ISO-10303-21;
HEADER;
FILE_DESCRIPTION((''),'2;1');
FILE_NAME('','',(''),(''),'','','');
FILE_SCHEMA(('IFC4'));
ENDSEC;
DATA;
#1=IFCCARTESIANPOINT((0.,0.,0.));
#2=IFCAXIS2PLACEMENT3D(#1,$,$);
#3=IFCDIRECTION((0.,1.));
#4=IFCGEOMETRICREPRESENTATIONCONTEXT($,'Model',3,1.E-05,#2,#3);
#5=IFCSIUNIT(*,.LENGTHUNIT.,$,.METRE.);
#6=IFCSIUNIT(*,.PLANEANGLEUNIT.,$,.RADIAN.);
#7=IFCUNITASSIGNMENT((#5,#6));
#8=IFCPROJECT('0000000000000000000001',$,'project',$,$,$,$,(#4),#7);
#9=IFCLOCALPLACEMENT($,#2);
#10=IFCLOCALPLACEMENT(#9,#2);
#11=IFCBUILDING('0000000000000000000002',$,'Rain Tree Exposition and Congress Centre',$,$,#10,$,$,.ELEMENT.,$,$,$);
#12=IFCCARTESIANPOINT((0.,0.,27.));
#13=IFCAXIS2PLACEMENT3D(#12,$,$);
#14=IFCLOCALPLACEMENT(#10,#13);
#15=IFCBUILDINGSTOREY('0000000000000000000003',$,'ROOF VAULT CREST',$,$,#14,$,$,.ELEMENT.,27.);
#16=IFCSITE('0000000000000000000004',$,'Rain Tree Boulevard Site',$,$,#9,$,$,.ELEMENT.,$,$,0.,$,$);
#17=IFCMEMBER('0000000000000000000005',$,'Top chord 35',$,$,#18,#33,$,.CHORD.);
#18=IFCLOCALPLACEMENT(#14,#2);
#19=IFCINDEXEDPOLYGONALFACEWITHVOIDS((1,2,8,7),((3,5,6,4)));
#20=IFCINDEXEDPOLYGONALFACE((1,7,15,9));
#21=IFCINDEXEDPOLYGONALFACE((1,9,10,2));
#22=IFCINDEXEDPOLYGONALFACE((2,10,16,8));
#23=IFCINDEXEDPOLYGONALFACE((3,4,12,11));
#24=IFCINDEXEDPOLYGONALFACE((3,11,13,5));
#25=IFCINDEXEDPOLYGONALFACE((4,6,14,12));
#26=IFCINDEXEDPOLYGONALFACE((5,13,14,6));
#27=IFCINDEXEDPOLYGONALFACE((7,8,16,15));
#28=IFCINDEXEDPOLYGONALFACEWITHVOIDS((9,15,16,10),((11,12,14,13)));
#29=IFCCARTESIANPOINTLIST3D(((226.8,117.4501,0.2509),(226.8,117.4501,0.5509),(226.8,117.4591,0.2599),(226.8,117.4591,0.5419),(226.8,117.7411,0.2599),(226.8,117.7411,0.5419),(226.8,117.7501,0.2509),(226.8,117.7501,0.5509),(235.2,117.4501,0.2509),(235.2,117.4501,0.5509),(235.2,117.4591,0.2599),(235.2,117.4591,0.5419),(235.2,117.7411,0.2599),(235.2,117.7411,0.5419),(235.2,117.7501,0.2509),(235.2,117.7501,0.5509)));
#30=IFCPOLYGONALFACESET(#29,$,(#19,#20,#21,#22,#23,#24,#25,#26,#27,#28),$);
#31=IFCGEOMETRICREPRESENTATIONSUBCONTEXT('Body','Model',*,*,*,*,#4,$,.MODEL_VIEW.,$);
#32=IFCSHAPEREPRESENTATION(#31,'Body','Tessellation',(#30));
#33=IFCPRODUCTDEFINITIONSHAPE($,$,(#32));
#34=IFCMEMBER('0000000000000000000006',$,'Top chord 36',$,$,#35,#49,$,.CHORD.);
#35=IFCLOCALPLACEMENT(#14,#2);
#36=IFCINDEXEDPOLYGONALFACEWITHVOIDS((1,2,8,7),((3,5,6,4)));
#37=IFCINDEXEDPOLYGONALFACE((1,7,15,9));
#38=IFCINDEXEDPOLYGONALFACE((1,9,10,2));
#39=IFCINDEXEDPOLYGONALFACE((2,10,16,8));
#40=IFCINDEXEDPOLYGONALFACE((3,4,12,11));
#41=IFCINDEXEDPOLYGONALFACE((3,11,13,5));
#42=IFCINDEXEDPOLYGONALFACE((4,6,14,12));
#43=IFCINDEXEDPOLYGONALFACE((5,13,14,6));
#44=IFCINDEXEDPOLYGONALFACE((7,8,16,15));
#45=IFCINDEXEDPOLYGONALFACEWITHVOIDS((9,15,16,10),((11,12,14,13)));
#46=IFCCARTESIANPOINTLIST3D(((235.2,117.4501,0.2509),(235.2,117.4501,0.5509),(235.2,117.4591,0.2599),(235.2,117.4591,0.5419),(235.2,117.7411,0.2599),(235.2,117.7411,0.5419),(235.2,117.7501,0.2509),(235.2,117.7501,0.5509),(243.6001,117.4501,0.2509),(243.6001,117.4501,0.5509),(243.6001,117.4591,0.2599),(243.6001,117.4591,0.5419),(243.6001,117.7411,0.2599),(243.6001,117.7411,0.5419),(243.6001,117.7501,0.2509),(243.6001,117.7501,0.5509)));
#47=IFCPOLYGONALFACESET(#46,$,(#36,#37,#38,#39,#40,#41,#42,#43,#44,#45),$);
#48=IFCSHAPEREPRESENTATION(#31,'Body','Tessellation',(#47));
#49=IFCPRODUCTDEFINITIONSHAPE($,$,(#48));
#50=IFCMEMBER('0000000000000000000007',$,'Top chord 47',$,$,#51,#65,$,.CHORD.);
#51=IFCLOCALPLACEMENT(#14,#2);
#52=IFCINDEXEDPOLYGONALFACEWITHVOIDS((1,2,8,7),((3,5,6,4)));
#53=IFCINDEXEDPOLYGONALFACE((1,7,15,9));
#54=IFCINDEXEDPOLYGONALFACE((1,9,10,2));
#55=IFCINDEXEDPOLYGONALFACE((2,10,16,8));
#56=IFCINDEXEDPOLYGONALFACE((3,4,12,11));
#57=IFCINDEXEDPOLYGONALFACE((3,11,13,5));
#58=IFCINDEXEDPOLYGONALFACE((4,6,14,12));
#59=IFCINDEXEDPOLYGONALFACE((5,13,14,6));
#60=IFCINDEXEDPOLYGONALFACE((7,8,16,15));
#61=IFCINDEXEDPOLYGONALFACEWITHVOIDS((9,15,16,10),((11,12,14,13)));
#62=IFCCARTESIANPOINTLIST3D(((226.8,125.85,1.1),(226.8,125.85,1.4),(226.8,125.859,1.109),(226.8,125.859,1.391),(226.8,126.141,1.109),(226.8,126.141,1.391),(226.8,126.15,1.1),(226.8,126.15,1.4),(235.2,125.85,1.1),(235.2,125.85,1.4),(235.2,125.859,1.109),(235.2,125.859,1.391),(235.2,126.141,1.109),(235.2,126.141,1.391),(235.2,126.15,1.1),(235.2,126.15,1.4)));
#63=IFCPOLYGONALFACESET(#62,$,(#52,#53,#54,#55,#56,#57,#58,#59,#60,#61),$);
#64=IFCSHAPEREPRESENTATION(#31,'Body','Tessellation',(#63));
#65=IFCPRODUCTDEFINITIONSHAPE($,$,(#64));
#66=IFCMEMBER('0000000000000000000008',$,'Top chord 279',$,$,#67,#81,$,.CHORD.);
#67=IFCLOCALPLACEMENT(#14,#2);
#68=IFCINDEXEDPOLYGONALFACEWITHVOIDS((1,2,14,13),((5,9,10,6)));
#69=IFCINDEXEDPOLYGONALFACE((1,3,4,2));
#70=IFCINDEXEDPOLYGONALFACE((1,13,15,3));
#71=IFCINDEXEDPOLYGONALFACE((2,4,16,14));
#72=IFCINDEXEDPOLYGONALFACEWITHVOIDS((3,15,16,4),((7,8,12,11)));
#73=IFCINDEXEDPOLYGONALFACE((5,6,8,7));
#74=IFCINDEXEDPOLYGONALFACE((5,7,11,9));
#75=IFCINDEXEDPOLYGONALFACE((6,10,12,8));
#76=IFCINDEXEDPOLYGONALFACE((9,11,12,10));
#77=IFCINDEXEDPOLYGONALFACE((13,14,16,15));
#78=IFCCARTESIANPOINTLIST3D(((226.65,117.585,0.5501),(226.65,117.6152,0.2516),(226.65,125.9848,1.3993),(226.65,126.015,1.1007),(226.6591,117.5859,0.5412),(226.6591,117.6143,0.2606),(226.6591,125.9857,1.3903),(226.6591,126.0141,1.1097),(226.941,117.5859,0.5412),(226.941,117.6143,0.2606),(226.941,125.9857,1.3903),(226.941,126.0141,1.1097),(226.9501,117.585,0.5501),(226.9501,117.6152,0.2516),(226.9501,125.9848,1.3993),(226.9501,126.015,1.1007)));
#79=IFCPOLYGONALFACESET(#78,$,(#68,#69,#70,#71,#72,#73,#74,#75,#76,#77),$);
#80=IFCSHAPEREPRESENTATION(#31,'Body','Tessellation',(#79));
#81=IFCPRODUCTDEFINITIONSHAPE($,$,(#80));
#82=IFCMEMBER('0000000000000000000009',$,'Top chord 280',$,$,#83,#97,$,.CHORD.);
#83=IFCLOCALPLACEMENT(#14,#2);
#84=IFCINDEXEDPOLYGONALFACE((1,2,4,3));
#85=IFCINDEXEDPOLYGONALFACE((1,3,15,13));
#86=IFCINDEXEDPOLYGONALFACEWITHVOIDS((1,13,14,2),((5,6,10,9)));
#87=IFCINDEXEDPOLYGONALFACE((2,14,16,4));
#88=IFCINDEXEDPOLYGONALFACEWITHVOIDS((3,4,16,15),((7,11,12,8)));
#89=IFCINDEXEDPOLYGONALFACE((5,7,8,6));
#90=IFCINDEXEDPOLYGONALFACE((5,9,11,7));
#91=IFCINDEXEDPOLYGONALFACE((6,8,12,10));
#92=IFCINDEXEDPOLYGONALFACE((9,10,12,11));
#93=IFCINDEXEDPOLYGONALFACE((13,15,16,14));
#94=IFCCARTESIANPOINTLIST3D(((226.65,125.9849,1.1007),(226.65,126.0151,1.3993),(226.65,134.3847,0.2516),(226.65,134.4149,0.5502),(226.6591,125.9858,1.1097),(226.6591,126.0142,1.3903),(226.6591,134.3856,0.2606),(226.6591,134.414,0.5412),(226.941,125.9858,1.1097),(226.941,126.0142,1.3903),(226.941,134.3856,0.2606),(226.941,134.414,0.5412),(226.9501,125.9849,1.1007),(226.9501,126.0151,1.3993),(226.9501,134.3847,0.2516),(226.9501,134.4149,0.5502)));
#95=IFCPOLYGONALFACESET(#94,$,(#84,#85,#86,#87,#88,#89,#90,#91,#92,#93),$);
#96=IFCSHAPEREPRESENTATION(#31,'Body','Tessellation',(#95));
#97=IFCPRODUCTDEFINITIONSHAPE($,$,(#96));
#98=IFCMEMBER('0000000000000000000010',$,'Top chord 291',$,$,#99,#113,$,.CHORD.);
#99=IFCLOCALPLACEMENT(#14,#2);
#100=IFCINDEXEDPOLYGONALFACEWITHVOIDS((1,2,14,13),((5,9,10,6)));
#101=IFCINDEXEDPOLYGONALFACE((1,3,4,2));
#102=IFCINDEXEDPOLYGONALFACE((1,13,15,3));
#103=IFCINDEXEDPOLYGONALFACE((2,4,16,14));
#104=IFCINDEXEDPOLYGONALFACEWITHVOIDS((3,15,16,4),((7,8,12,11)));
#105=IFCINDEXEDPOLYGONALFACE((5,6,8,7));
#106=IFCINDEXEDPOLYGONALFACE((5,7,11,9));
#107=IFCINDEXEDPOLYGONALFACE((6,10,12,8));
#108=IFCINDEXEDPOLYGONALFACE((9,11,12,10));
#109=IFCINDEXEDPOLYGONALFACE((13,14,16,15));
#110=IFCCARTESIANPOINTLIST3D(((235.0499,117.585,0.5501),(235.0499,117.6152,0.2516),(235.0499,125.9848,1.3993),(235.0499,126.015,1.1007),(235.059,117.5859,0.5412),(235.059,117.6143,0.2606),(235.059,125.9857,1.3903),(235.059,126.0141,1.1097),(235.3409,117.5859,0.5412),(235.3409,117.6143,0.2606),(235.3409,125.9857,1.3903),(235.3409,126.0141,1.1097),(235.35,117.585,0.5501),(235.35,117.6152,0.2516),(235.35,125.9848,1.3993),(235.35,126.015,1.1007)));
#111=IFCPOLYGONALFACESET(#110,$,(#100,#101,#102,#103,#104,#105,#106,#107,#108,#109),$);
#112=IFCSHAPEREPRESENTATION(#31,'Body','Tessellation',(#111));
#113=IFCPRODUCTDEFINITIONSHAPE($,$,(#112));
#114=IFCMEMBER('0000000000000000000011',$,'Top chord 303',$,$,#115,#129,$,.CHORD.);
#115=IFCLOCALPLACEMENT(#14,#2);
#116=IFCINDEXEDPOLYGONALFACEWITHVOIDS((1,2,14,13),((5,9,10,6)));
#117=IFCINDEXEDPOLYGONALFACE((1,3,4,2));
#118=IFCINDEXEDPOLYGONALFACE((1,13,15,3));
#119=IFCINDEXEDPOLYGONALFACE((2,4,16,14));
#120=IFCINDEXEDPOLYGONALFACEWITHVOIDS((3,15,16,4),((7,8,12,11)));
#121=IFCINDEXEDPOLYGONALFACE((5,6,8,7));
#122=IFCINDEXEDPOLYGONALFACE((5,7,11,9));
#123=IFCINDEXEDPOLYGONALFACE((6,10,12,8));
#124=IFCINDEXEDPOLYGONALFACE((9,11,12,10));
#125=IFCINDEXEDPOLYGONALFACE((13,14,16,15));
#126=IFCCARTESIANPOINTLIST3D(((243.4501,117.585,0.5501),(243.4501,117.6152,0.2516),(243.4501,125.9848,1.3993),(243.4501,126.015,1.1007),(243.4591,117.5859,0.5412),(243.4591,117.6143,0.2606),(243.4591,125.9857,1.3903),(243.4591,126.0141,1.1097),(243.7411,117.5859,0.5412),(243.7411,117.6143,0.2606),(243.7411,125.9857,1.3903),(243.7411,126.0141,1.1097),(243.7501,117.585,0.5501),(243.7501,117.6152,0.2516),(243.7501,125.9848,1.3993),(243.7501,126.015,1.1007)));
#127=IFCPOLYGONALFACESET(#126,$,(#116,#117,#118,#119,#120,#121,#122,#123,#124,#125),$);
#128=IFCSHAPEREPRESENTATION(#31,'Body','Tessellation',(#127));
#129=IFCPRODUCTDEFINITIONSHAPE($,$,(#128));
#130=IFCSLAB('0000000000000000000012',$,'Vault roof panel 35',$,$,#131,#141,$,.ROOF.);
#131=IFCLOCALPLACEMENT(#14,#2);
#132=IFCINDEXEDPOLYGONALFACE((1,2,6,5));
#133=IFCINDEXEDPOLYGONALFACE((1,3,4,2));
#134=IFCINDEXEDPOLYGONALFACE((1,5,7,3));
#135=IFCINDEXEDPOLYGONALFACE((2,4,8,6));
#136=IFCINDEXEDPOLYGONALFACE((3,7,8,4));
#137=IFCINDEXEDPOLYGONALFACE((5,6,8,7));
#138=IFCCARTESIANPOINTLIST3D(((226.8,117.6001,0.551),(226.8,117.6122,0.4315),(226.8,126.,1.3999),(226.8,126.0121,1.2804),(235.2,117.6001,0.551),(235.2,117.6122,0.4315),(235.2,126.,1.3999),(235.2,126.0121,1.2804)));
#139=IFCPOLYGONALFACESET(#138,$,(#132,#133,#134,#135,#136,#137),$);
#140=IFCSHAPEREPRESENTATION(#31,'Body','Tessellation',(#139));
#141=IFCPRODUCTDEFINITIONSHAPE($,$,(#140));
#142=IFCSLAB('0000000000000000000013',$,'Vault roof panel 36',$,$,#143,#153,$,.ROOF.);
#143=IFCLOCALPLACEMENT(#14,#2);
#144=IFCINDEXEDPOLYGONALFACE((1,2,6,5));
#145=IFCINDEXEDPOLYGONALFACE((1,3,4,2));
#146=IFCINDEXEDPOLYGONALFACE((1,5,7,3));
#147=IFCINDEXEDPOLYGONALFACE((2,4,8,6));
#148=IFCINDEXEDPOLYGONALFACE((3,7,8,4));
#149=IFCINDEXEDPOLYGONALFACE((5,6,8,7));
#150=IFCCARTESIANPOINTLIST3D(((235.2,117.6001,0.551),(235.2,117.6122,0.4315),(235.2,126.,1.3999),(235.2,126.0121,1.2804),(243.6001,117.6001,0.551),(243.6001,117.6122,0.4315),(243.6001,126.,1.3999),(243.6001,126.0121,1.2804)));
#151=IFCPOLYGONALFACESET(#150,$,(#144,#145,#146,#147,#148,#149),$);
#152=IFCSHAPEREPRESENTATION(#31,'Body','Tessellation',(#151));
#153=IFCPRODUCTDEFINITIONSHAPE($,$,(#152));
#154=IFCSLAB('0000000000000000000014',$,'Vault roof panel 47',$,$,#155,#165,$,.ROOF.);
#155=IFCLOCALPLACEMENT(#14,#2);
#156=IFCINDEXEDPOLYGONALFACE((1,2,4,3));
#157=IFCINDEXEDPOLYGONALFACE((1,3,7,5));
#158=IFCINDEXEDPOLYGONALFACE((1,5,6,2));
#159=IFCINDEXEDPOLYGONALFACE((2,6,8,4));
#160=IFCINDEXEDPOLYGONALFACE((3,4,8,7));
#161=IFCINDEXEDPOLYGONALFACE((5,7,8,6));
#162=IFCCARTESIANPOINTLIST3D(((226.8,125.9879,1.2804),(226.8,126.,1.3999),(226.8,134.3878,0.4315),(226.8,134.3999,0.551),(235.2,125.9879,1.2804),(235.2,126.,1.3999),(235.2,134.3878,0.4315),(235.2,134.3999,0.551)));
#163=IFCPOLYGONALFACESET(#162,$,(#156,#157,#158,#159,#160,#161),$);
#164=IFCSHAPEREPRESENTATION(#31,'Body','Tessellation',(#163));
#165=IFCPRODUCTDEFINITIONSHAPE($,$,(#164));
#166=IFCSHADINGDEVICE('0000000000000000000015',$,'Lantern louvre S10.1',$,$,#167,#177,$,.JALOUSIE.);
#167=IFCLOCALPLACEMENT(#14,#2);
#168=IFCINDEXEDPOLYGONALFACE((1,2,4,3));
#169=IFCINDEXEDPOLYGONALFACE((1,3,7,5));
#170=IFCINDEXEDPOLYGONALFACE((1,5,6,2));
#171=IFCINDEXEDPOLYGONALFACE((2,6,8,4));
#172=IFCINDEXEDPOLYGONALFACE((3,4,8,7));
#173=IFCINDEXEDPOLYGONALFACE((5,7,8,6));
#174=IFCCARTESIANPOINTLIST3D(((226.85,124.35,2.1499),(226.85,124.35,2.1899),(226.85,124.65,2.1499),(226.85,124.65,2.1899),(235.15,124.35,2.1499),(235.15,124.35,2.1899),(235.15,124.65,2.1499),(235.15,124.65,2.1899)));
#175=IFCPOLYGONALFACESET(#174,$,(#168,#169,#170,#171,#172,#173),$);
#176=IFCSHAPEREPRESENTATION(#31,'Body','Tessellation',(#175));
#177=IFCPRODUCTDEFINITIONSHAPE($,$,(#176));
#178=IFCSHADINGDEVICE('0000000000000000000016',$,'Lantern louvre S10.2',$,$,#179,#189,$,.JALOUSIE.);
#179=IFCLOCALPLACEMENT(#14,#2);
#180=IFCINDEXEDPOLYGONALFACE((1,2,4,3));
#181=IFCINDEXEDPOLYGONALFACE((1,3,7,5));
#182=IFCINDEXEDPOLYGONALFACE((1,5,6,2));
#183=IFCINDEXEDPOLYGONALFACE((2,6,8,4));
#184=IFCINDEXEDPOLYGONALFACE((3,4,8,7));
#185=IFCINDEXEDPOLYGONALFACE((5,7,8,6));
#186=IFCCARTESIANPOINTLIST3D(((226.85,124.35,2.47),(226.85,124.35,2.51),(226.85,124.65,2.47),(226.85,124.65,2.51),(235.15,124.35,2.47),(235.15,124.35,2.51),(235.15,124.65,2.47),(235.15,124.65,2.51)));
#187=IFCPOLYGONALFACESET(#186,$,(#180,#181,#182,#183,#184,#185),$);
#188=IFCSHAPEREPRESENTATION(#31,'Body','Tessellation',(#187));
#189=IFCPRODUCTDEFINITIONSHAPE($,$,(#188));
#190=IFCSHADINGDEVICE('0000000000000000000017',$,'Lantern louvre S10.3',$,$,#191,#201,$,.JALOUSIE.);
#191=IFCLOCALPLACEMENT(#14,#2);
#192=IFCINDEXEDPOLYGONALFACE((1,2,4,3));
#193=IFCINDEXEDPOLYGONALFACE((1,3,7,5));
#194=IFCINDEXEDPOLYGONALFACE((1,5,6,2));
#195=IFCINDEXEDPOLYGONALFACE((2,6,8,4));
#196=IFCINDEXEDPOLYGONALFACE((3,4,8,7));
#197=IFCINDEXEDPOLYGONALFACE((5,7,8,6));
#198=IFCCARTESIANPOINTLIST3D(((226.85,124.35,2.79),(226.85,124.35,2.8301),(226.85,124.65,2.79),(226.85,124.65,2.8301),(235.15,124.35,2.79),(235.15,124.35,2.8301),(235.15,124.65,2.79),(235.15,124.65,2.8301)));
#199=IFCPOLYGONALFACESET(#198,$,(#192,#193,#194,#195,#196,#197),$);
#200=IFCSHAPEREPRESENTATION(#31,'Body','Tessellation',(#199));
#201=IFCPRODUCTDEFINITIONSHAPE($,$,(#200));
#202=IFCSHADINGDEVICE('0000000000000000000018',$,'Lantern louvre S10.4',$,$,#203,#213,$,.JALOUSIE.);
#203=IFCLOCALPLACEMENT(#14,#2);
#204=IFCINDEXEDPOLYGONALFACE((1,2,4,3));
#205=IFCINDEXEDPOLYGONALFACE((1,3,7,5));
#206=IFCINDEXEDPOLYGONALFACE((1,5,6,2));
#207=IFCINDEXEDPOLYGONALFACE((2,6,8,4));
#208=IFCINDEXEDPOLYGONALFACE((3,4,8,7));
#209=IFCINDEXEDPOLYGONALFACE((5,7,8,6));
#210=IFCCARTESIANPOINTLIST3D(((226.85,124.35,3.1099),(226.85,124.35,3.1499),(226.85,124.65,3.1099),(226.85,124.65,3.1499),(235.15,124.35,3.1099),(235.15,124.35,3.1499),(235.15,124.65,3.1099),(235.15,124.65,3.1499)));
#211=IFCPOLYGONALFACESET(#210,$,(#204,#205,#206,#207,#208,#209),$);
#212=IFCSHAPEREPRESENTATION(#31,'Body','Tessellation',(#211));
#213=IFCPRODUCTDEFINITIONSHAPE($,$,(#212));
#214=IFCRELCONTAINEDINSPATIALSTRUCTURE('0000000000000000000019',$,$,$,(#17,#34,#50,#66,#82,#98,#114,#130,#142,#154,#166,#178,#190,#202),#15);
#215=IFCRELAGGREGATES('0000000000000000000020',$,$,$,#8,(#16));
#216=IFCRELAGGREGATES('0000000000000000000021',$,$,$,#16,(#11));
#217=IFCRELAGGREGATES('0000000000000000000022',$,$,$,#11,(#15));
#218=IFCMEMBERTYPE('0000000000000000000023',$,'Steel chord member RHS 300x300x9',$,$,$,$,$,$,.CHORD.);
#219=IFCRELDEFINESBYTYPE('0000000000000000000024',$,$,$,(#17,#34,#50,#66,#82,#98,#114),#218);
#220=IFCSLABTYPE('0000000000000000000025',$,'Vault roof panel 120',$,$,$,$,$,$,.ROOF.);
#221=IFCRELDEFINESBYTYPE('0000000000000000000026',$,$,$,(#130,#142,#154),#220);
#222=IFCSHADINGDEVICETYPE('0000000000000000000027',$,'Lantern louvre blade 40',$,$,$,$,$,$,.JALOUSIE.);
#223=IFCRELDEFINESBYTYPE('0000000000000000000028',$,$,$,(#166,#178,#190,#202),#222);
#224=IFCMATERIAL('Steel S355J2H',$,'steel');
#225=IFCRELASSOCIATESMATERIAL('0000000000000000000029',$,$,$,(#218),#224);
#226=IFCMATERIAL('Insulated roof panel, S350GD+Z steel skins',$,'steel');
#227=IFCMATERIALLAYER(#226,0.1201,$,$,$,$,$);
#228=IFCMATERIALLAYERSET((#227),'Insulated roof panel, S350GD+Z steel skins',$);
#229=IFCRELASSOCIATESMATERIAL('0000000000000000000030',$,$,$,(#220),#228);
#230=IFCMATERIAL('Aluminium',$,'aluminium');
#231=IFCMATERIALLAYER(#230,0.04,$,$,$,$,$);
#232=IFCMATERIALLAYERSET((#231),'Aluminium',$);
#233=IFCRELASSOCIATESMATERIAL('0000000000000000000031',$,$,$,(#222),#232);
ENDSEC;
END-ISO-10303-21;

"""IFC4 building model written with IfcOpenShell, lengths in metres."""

from ifc_helpers import new_model, si_unit, direction, frame, origin, origin_2d, place, context, subcontext, project, spatial, polyline, rectangle, hollow_rectangle, outline, extrude, material, layer, layer_set, material_profile, profile_set, type_object, element, save


model = new_model("IFC4")

# Units and contexts
model_context = context("Model", 3, precision=1e-05, world=origin(), true_north=direction((0.0, 1.0)))
body_context = subcontext(model_context, "Body", "Model", "MODEL_VIEW")
ifc_project = project(units=[si_unit("LENGTHUNIT", "METRE"), si_unit("PLANEANGLEUNIT", "RADIAN")], contexts=[model_context])

# Site, building, storey
site_placement = place(None, origin())
site = spatial("IfcSite", under=ifc_project, at=site_placement, Name="Rain Tree Boulevard Site", CompositionType="ELEMENT", RefElevation=0.0)
building_placement = place(site_placement, origin())
building = spatial("IfcBuilding", under=site, at=building_placement, Name="Rain Tree Exposition and Congress Centre", CompositionType="ELEMENT")
storey_placement = place(building_placement, frame((0.0, 0.0, 27.0)))
storey = spatial("IfcBuildingStorey", under=building, at=storey_placement, Name="ROOF VAULT CREST", CompositionType="ELEMENT", Elevation=27.0)

# Members
ifc_material_1 = material(Name="Steel S355J2H", Category="steel")
ifc_material_profile_1 = material_profile(ifc_material_1, hollow_rectangle(XDim=0.3, YDim=0.3, WallThickness=0.009, at=origin_2d()), Name="RHS 300x300x9")
ifc_profile_set_1 = profile_set([ifc_material_profile_1], Name="Steel S355J2H")
member_type = type_object("IfcMemberType", Name="Steel chord member RHS 300x300x9", PredefinedType="CHORD", material=ifc_profile_set_1)
member_1_placement = place(storey_placement, frame((226.8, 117.6001, 0.4009), z_axis=(1.0, 0.0, 0.0), x_axis=(0.0, 1.0, 0.0)))
element("IfcMember", 1, at=member_1_placement, inside=storey, type_object=member_type, Name="Top chord 35", PredefinedType="CHORD", context=body_context, shape_type="SweptSolid", body=[
    extrude(hollow_rectangle(XDim=0.3, YDim=0.3, WallThickness=0.009, at=origin_2d()), origin(), (0.0, 0.0, 1.0), 8.3999),
])
member_2_placement = place(storey_placement, frame((235.2, 117.6001, 0.4009), z_axis=(1.0, 0.0, 0.0), x_axis=(0.0, 1.0, 0.0)))
element("IfcMember", 2, at=member_2_placement, inside=storey, type_object=member_type, Name="Top chord 36", PredefinedType="CHORD", context=body_context, shape_type="SweptSolid", body=[
    extrude(hollow_rectangle(XDim=0.3, YDim=0.3, WallThickness=0.009, at=origin_2d()), origin(), (0.0, 0.0, 1.0), 8.4001),
])
member_3_placement = place(storey_placement, frame((226.8, 126.0, 1.25), z_axis=(1.0, 0.0, 0.0), x_axis=(0.0, 1.0, 0.0)))
element("IfcMember", 3, at=member_3_placement, inside=storey, type_object=member_type, Name="Top chord 47", PredefinedType="CHORD", context=body_context, shape_type="SweptSolid", body=[
    extrude(hollow_rectangle(XDim=0.3, YDim=0.3, WallThickness=0.009, at=origin_2d()), origin(), (0.0, 0.0, 1.0), 8.3999),
])
for number, where, z_axis, x_axis, name in (
    (4, (226.8, 117.6001, 0.4009), (0.0, 0.99493, 0.100574), (-1.0, 0.0, 0.0), "Top chord 279"),
    (5, (226.8, 126.0, 1.25), (0.0, 0.99493, -0.100574), (-1.0, 0.0, 0.0), "Top chord 280"),
    (6, (235.2, 117.6001, 0.4009), (0.0, 0.99493, 0.100574), (-1.0, 0.0, 0.0), "Top chord 291"),
    (7, (243.6001, 117.6001, 0.4009), (0.0, 0.99493, 0.100574), (-1.0, 0.0, 0.0), "Top chord 303"),
):
    element("IfcMember", number, at=place(storey_placement, frame(where, z_axis=z_axis, x_axis=x_axis)), inside=storey, type_object=member_type, Name=name, PredefinedType="CHORD", context=body_context, shape_type="SweptSolid", body=[
        extrude(hollow_rectangle(XDim=0.3, YDim=0.3, WallThickness=0.009, at=origin_2d()), origin(), (0.0, 0.0, 1.0), 8.4426),
    ])

# Slabs
ifc_material_2 = material(Name="Insulated roof panel, S350GD+Z steel skins", Category="steel")
ifc_layer_1 = layer(ifc_material_2, 0.1201)
ifc_layer_set_1 = layer_set([ifc_layer_1], Name="Insulated roof panel, S350GD+Z steel skins")
slab_type = type_object("IfcSlabType", Name="Vault roof panel 120", PredefinedType="ROOF", material=ifc_layer_set_1)
slab_1_placement = place(storey_placement, frame((226.8, 117.6001, 0.551), z_axis=(0.0, -0.100546, 0.994932), x_axis=(1.0, 0.0, 0.0)))
element("IfcSlab", 8, at=slab_1_placement, inside=storey, type_object=slab_type, Name="Vault roof panel 35", PredefinedType="ROOF", context=body_context, shape_type="SweptSolid", body=[
    extrude(outline(polyline([(0.0, 0.0), (8.3999, 0.0), (8.3999, 8.4427), (0.0, 8.4427), (0.0, 0.0)])), origin(), (0.0, 0.0, -1.0), 0.1201),
])
slab_2_placement = place(storey_placement, frame((235.2, 117.6001, 0.551), z_axis=(0.0, -0.100546, 0.994932), x_axis=(1.0, 0.0, 0.0)))
element("IfcSlab", 9, at=slab_2_placement, inside=storey, type_object=slab_type, Name="Vault roof panel 36", PredefinedType="ROOF", context=body_context, shape_type="SweptSolid", body=[
    extrude(outline(polyline([(0.0, 0.0), (8.4001, 0.0), (8.4001, 8.4427), (0.0, 8.4427), (0.0, 0.0)])), origin(), (0.0, 0.0, -1.0), 0.1201),
])
slab_3_placement = place(storey_placement, frame((226.8, 126.0, 1.3999), z_axis=(0.0, 0.100546, 0.994932), x_axis=(1.0, 0.0, 0.0)))
element("IfcSlab", 10, at=slab_3_placement, inside=storey, type_object=slab_type, Name="Vault roof panel 47", PredefinedType="ROOF", context=body_context, shape_type="SweptSolid", body=[
    extrude(outline(polyline([(0.0, 0.0), (8.3999, 0.0), (8.3999, 8.4427), (0.0, 8.4427), (0.0, 0.0)])), origin(), (0.0, 0.0, -1.0), 0.1201),
])

# Shading devices
ifc_material_3 = material(Name="Aluminium", Category="aluminium")
ifc_layer_2 = layer(ifc_material_3, 0.04)
ifc_layer_set_2 = layer_set([ifc_layer_2], Name="Aluminium")
shading_device_type = type_object("IfcShadingDeviceType", Name="Lantern louvre blade 40", PredefinedType="JALOUSIE", material=ifc_layer_set_2)
for number, where, z_axis, x_axis, name in (
    (11, (231.0, 124.5, 2.1499), (0.0, 0.0, 1.0), (1.0, 0.0, 0.0), "Lantern louvre S10.1"),
    (12, (231.0, 124.5, 2.47), (0.0, 0.0, 1.0), (1.0, 0.0, 0.0), "Lantern louvre S10.2"),
    (13, (231.0, 124.5, 2.79), (0.0, 0.0, 1.0), (1.0, 0.0, 0.0), "Lantern louvre S10.3"),
    (14, (231.0, 124.5, 3.1099), (0.0, 0.0, 1.0), (1.0, 0.0, 0.0), "Lantern louvre S10.4"),
):
    element("IfcShadingDevice", number, at=place(storey_placement, frame(where, z_axis=z_axis, x_axis=x_axis)), inside=storey, type_object=shading_device_type, Name=name, PredefinedType="JALOUSIE", context=body_context, shape_type="SweptSolid", body=[
        extrude(rectangle(XDim=8.3, YDim=0.3, at=origin_2d()), origin(), (0.0, 0.0, 1.0), 0.04),
    ])

save(model, "model.ifc")
